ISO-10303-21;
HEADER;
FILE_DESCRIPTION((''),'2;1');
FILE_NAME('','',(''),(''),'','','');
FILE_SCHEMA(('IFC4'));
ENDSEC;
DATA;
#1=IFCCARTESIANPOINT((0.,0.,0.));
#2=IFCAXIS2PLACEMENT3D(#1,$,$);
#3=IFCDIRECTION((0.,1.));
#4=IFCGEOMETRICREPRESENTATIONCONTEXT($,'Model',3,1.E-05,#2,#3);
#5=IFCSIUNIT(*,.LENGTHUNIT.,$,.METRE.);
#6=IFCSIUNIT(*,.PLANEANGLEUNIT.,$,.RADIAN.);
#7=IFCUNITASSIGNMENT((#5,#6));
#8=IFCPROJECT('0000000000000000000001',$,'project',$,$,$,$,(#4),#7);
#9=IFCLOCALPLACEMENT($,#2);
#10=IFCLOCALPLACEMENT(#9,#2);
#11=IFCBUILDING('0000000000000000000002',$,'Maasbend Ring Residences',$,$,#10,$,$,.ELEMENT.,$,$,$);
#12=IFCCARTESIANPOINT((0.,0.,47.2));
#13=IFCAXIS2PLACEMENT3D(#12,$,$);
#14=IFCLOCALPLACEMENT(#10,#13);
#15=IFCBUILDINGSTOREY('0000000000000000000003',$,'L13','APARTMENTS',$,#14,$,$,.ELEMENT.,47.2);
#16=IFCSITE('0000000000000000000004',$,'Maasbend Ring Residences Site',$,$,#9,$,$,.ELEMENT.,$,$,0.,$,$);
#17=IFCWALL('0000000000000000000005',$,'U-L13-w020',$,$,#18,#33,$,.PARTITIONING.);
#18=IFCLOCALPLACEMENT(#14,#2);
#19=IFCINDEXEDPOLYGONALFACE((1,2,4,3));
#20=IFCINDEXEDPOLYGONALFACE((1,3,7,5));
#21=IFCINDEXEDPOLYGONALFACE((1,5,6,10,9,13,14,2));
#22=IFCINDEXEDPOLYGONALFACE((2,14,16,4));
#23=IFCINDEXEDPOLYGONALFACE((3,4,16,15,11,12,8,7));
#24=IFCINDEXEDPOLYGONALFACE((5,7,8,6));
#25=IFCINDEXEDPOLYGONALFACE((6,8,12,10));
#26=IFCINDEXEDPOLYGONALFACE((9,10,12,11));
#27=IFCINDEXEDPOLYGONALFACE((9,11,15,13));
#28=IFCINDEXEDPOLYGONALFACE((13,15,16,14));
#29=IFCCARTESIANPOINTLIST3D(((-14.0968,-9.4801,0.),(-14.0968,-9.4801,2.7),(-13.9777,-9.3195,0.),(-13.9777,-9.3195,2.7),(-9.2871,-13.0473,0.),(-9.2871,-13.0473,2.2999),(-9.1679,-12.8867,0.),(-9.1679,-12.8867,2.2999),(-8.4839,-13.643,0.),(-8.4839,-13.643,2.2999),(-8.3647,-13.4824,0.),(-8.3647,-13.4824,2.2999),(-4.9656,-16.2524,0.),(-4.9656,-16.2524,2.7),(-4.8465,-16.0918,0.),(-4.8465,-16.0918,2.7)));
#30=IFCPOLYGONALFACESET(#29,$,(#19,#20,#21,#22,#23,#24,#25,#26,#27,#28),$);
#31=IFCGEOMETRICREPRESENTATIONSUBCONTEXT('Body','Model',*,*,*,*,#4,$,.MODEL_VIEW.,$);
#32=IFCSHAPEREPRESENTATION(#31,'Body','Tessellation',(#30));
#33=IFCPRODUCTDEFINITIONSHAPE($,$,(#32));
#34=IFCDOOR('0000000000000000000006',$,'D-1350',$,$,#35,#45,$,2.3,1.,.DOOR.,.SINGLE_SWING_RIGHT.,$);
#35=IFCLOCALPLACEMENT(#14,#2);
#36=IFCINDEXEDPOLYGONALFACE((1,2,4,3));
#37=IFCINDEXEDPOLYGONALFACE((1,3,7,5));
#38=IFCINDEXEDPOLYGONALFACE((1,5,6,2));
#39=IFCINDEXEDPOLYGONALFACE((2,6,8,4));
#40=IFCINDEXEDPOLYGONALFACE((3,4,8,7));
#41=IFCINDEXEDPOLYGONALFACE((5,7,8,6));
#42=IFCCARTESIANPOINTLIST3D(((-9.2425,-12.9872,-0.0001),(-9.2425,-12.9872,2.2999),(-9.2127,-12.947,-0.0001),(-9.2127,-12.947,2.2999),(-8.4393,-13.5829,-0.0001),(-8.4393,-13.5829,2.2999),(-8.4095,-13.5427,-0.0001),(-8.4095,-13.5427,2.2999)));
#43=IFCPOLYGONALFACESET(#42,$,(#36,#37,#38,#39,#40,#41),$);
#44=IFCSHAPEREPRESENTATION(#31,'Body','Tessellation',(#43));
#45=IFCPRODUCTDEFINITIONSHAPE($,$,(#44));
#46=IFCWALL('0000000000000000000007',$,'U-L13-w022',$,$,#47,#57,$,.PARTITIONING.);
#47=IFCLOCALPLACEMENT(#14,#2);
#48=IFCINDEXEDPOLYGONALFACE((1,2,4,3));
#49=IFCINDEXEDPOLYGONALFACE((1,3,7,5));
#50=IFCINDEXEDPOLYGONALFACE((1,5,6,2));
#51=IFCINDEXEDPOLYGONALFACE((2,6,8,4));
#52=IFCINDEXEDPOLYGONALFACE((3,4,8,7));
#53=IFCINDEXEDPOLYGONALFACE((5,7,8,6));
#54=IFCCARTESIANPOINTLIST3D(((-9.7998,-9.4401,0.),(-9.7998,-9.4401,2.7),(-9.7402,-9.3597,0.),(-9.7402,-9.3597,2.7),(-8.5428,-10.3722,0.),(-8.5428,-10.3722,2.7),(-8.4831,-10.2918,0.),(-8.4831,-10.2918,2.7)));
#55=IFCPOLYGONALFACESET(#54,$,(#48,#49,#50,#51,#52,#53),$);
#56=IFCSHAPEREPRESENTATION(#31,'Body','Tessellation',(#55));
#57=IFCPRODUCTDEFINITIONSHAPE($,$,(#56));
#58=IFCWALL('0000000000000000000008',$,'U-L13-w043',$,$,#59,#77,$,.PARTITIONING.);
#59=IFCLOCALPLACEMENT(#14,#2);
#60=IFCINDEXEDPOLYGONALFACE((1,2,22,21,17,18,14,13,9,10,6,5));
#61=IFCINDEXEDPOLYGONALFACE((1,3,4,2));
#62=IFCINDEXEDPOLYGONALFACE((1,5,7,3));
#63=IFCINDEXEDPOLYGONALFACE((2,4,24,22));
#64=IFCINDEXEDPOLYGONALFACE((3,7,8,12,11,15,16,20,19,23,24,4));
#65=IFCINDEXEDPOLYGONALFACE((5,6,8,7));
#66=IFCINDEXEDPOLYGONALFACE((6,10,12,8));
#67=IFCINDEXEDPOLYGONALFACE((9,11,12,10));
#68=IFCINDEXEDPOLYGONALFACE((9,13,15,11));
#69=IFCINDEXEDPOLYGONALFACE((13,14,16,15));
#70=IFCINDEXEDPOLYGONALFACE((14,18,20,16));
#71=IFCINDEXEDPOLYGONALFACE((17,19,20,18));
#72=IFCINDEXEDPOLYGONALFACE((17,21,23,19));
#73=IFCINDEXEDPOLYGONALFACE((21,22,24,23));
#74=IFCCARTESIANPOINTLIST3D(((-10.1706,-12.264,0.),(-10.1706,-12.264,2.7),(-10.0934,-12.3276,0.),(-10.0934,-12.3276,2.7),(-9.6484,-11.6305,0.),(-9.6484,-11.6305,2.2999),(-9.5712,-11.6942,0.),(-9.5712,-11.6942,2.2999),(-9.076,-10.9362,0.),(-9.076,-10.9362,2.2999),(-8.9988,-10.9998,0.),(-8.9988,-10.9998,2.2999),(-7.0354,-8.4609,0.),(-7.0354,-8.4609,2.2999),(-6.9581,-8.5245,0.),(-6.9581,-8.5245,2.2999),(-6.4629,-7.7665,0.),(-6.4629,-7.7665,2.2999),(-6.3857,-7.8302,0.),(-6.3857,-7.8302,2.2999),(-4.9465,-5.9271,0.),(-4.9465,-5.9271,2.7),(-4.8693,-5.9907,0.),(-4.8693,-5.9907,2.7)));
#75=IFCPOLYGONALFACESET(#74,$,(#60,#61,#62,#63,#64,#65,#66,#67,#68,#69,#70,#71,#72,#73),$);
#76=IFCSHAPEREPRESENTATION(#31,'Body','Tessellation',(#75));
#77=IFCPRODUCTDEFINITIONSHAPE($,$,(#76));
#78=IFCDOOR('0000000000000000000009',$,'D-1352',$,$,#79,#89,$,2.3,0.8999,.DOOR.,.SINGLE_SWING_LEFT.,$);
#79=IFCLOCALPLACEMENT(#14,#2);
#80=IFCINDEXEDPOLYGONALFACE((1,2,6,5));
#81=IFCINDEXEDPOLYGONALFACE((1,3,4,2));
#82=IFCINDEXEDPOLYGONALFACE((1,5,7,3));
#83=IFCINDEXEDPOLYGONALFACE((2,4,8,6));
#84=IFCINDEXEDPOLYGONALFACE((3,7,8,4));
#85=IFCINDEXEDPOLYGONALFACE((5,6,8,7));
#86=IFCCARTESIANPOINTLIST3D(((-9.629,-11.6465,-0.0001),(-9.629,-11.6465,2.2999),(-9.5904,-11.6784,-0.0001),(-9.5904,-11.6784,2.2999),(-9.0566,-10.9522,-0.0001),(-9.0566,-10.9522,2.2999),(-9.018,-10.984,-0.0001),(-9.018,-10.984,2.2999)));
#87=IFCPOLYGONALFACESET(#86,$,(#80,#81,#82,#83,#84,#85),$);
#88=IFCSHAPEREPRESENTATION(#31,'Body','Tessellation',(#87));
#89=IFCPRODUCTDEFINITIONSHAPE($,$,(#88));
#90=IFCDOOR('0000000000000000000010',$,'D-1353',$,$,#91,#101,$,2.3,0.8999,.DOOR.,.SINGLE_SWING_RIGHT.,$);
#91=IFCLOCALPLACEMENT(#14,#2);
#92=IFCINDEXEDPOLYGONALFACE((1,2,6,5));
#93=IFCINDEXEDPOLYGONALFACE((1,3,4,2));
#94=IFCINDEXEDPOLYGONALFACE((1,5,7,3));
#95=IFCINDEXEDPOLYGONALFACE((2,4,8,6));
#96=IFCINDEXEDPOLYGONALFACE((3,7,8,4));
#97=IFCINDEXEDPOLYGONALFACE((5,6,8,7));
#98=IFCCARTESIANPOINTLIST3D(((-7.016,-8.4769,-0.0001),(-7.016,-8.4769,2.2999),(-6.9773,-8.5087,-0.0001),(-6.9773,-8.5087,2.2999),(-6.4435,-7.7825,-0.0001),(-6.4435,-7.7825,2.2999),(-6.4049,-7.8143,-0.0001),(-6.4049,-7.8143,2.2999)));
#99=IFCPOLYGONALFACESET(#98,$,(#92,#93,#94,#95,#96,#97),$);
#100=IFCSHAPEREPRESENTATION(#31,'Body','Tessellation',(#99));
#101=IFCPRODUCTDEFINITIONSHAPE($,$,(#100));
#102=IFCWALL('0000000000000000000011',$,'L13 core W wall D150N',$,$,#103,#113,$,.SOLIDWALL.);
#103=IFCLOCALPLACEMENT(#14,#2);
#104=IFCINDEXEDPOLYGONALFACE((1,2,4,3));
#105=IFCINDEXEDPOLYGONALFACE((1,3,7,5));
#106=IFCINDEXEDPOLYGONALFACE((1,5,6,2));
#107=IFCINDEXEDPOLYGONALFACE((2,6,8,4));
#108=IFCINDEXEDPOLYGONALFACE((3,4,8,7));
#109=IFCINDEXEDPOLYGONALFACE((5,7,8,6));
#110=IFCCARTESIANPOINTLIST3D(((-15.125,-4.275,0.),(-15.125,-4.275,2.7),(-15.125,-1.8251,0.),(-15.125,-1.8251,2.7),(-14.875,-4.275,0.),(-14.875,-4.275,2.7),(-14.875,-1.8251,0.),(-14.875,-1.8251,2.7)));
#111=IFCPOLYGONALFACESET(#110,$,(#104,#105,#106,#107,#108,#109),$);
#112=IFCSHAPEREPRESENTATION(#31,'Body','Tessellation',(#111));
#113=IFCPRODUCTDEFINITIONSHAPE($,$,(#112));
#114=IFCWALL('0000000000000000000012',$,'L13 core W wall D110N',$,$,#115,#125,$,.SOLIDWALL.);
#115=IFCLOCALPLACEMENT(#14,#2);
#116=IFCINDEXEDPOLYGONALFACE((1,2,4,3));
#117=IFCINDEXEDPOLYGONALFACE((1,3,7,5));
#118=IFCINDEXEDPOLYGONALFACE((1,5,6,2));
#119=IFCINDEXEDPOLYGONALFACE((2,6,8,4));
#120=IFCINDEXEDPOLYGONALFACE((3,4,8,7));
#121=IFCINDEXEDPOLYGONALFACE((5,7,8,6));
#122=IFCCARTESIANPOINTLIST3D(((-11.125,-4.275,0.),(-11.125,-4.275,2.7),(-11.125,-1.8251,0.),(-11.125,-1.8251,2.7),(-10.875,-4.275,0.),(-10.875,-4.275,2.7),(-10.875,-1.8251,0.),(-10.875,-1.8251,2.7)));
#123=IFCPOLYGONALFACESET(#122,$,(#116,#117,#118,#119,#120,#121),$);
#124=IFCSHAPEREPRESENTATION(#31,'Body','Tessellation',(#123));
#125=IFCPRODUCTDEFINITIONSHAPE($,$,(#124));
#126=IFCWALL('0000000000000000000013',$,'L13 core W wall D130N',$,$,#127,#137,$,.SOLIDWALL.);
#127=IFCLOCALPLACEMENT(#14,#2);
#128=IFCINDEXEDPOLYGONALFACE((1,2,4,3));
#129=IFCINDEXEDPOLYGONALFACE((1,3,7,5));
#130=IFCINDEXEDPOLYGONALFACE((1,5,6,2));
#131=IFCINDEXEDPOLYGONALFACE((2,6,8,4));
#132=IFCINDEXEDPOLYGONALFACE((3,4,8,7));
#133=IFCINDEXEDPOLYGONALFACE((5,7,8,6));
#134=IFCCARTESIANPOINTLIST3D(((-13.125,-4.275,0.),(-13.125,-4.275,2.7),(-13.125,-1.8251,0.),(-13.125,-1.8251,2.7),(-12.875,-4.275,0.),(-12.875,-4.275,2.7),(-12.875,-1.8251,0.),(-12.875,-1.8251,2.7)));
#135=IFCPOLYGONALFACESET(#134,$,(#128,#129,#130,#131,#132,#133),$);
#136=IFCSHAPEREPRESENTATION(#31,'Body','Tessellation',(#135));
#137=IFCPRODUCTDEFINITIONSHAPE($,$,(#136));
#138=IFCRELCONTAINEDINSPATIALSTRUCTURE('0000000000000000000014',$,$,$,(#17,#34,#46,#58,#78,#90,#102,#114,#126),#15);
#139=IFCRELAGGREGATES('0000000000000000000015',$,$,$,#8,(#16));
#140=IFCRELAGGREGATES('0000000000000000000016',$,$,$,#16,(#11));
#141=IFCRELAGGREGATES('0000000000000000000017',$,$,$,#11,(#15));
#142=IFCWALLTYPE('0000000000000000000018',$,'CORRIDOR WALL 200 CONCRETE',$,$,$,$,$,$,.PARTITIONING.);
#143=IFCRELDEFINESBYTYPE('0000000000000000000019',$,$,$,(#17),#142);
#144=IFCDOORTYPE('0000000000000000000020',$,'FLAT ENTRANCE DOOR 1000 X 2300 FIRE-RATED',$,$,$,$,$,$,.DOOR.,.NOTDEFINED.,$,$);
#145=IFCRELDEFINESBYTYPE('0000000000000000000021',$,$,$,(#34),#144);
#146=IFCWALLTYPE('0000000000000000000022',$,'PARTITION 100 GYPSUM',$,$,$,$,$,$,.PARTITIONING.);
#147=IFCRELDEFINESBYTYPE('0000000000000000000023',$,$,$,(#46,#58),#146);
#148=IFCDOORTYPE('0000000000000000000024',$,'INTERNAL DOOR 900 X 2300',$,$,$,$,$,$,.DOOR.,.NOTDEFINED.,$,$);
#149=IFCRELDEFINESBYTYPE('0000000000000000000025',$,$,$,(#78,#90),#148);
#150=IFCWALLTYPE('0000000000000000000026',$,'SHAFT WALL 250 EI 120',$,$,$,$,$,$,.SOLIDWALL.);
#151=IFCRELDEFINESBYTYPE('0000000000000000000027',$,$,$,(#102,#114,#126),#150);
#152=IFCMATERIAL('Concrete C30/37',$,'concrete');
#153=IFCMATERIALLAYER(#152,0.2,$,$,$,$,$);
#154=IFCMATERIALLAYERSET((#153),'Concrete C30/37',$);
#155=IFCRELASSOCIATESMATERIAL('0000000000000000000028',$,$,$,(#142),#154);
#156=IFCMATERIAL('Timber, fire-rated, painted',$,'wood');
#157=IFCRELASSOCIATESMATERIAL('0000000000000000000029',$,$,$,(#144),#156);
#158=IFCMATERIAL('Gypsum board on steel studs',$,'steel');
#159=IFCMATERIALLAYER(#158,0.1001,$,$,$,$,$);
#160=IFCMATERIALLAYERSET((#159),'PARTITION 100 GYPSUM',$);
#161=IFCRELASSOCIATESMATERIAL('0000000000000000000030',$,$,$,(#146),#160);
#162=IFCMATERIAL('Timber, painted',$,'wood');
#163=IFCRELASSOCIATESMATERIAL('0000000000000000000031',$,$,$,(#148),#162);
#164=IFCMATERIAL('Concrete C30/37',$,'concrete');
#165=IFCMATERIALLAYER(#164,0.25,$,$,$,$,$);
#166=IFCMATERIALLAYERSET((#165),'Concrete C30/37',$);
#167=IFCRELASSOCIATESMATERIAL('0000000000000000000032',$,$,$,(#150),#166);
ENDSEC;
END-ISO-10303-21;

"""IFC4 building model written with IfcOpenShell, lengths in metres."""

from ifc_helpers import new_model, si_unit, direction, frame, frame_2d, origin, place, context, subcontext, project, spatial, rectangle, extrude, material, layer, layer_set, type_object, element, fill, save


model = new_model("IFC4")

# Units and contexts
model_context = context("Model", 3, precision=1e-05, world=origin(), true_north=direction((0.0, 1.0)))
body_context = subcontext(model_context, "Body", "Model", "MODEL_VIEW")
ifc_project = project(units=[si_unit("LENGTHUNIT", "METRE"), si_unit("PLANEANGLEUNIT", "RADIAN")], contexts=[model_context])

# Site, building, storey
site_placement = place(None, origin())
site = spatial("IfcSite", under=ifc_project, at=site_placement, Name="Maasbend Ring Residences Site", CompositionType="ELEMENT", RefElevation=0.0)
building_placement = place(site_placement, origin())
building = spatial("IfcBuilding", under=site, at=building_placement, Name="Maasbend Ring Residences", CompositionType="ELEMENT")
storey_placement = place(building_placement, frame((0.0, 0.0, 47.2)))
storey = spatial("IfcBuildingStorey", under=building, at=storey_placement, Name="L13", Description="APARTMENTS", CompositionType="ELEMENT", Elevation=47.2)

# Wall, opening, door
ifc_material_1 = material(Name="Concrete C30/37", Category="concrete")
ifc_layer_1 = layer(ifc_material_1, 0.2)
ifc_layer_set_1 = layer_set([ifc_layer_1], Name="Concrete C30/37")
wall_type_1 = type_object("IfcWallType", Name="CORRIDOR WALL 200 CONCRETE", PredefinedType="PARTITIONING", material=ifc_layer_set_1)
ifc_material_2 = material(Name="Timber, fire-rated, painted", Category="wood")
door_type_1 = type_object("IfcDoorType", Name="FLAT ENTRANCE DOOR 1000 X 2300 FIRE-RATED", OperationType="NOTDEFINED", PredefinedType="DOOR", material=ifc_material_2)
wall_1_placement = place(storey_placement, frame((-14.0371, -9.3999, 0.0), z_axis=(0.0, 0.0, 1.0), x_axis=(0.803202, -0.595707, 0.0)))
wall_1 = element("IfcWall", 1, at=wall_1_placement, inside=storey, type_object=wall_type_1, Name="U-L13-w020", PredefinedType="PARTITIONING", context=body_context, shape_type="SweptSolid", body=[
    extrude(rectangle(XDim=11.3684, YDim=0.2, at=frame_2d((5.6841, 0.0))), origin(), (0.0, 0.0, 1.0), 2.7),
])
opening_1_placement = place(wall_1_placement, frame((5.988, 0.0, 0.0)))
opening_1 = element("IfcOpeningElement", 2, at=opening_1_placement, cuts=wall_1, PredefinedType="OPENING", context=body_context, shape_type="SweptSolid", body=[
    extrude(rectangle(XDim=1.0, YDim=2.3, at=frame_2d((0.5, 1.1499))), frame((0.0, 0.1099, 0.0), z_axis=(0.0, -1.0, 0.0), x_axis=(1.0, 0.0, 0.0)), (0.0, 0.0, 1.0), 0.22),
])
door_1_placement = place(opening_1_placement, origin())
door_1 = element("IfcDoor", 3, at=door_1_placement, inside=storey, type_object=door_type_1, Name="D-1350", OperationType="SINGLE_SWING_RIGHT", OverallHeight=2.3, OverallWidth=1.0, PredefinedType="DOOR", context=body_context, shape_type="SweptSolid", body=[
    extrude(rectangle(XDim=1.0, YDim=2.3, at=frame_2d((0.5, 1.1499))), frame((0.0, 0.0249, 0.0), z_axis=(0.0, -1.0, 0.0), x_axis=(1.0, 0.0, 0.0)), (0.0, 0.0, 1.0), 0.05),
])
fill(opening_1, door_1)

# Wall
ifc_material_3 = material(Name="Gypsum board on steel studs", Category="steel")
ifc_layer_2 = layer(ifc_material_3, 0.1001)
ifc_layer_set_2 = layer_set([ifc_layer_2], Name="PARTITION 100 GYPSUM")
wall_type_2 = type_object("IfcWallType", Name="PARTITION 100 GYPSUM", PredefinedType="PARTITIONING", material=ifc_layer_set_2)
wall_2_placement = place(storey_placement, frame((-9.77, -9.3999, 0.0), z_axis=(0.0, 0.0, 1.0), x_axis=(0.803264, -0.595623, 0.0)))
element("IfcWall", 4, at=wall_2_placement, inside=storey, type_object=wall_type_2, Name="U-L13-w022", PredefinedType="PARTITIONING", context=body_context, shape_type="SweptSolid", body=[
    extrude(rectangle(XDim=1.5649, YDim=0.1001, at=frame_2d((0.7825, 0.0))), origin(), (0.0, 0.0, 1.0), 2.7),
])

# Wall, openings, doors
wall_3_placement = place(storey_placement, frame((-10.1321, -12.2959, 0.0), z_axis=(0.0, 0.0, 1.0), x_axis=(0.636105, 0.771602, 0.0)))
wall_3 = element("IfcWall", 5, at=wall_3_placement, inside=storey, type_object=wall_type_2, Name="U-L13-w043", PredefinedType="PARTITIONING", context=body_context, shape_type="SweptSolid", body=[
    extrude(rectangle(XDim=8.2126, YDim=0.1001, at=frame_2d((4.1064, 0.0))), origin(), (0.0, 0.0, 1.0), 2.7),
])
opening_2_placement = place(wall_3_placement, frame((0.821, 0.0, 0.0)))
opening_2 = element("IfcOpeningElement", 6, at=opening_2_placement, cuts=wall_3, PredefinedType="OPENING", context=body_context, shape_type="SweptSolid", body=[
    extrude(rectangle(XDim=0.8999, YDim=2.3, at=frame_2d((0.45, 1.1499))), frame((0.0, 0.0601, 0.0), z_axis=(0.0, -1.0, 0.0), x_axis=(1.0, 0.0, 0.0)), (0.0, 0.0, 1.0), 0.1201),
])
opening_3_placement = place(wall_3_placement, frame((4.929, 0.0, 0.0)))
opening_3 = element("IfcOpeningElement", 7, at=opening_3_placement, cuts=wall_3, PredefinedType="OPENING", context=body_context, shape_type="SweptSolid", body=[
    extrude(rectangle(XDim=0.8999, YDim=2.3, at=frame_2d((0.45, 1.1499))), frame((0.0, 0.0601, 0.0), z_axis=(0.0, -1.0, 0.0), x_axis=(1.0, 0.0, 0.0)), (0.0, 0.0, 1.0), 0.1201),
])
ifc_material_4 = material(Name="Timber, painted", Category="wood")
door_type_2 = type_object("IfcDoorType", Name="INTERNAL DOOR 900 X 2300", OperationType="NOTDEFINED", PredefinedType="DOOR", material=ifc_material_4)
door_2_placement = place(opening_2_placement, origin())
door_2 = element("IfcDoor", 8, at=door_2_placement, inside=storey, type_object=door_type_2, Name="D-1352", OperationType="SINGLE_SWING_LEFT", OverallHeight=2.3, OverallWidth=0.8999, PredefinedType="DOOR", context=body_context, shape_type="SweptSolid", body=[
    extrude(rectangle(XDim=0.8999, YDim=2.3, at=frame_2d((0.45, 1.1499))), frame((0.0, 0.0249, 0.0), z_axis=(0.0, -1.0, 0.0), x_axis=(1.0, 0.0, 0.0)), (0.0, 0.0, 1.0), 0.05),
])
fill(opening_2, door_2)
door_3_placement = place(opening_3_placement, origin())
door_3 = element("IfcDoor", 9, at=door_3_placement, inside=storey, type_object=door_type_2, Name="D-1353", OperationType="SINGLE_SWING_RIGHT", OverallHeight=2.3, OverallWidth=0.8999, PredefinedType="DOOR", context=body_context, shape_type="SweptSolid", body=[
    extrude(rectangle(XDim=0.8999, YDim=2.3, at=frame_2d((0.45, 1.1499))), frame((0.0, 0.0249, 0.0), z_axis=(0.0, -1.0, 0.0), x_axis=(1.0, 0.0, 0.0)), (0.0, 0.0, 1.0), 0.05),
])
fill(opening_3, door_3)

# Walls
ifc_material_5 = material(Name="Concrete C30/37", Category="concrete")
ifc_layer_3 = layer(ifc_material_5, 0.25)
ifc_layer_set_3 = layer_set([ifc_layer_3], Name="Concrete C30/37")
wall_type_3 = type_object("IfcWallType", Name="SHAFT WALL 250 EI 120", PredefinedType="SOLIDWALL", material=ifc_layer_set_3)
for number, where, z_axis, x_axis, name in (
    (10, (-15.0, -1.825, 0.0), (0.0, 0.0, 1.0), (0.0, -1.0, 0.0), "L13 core W wall D150N"),
    (11, (-11.0, -1.825, 0.0), (0.0, 0.0, 1.0), (0.0, -1.0, 0.0), "L13 core W wall D110N"),
    (12, (-13.0, -1.825, 0.0), (0.0, 0.0, 1.0), (0.0, -1.0, 0.0), "L13 core W wall D130N"),
):
    element("IfcWall", number, at=place(storey_placement, frame(where, z_axis=z_axis, x_axis=x_axis)), inside=storey, type_object=wall_type_3, Name=name, PredefinedType="SOLIDWALL", context=body_context, shape_type="SweptSolid", body=[
        extrude(rectangle(XDim=2.45, YDim=0.25, at=frame_2d((1.2251, 0.0))), origin(), (0.0, 0.0, 1.0), 2.7),
    ])

save(model, "model.ifc")
